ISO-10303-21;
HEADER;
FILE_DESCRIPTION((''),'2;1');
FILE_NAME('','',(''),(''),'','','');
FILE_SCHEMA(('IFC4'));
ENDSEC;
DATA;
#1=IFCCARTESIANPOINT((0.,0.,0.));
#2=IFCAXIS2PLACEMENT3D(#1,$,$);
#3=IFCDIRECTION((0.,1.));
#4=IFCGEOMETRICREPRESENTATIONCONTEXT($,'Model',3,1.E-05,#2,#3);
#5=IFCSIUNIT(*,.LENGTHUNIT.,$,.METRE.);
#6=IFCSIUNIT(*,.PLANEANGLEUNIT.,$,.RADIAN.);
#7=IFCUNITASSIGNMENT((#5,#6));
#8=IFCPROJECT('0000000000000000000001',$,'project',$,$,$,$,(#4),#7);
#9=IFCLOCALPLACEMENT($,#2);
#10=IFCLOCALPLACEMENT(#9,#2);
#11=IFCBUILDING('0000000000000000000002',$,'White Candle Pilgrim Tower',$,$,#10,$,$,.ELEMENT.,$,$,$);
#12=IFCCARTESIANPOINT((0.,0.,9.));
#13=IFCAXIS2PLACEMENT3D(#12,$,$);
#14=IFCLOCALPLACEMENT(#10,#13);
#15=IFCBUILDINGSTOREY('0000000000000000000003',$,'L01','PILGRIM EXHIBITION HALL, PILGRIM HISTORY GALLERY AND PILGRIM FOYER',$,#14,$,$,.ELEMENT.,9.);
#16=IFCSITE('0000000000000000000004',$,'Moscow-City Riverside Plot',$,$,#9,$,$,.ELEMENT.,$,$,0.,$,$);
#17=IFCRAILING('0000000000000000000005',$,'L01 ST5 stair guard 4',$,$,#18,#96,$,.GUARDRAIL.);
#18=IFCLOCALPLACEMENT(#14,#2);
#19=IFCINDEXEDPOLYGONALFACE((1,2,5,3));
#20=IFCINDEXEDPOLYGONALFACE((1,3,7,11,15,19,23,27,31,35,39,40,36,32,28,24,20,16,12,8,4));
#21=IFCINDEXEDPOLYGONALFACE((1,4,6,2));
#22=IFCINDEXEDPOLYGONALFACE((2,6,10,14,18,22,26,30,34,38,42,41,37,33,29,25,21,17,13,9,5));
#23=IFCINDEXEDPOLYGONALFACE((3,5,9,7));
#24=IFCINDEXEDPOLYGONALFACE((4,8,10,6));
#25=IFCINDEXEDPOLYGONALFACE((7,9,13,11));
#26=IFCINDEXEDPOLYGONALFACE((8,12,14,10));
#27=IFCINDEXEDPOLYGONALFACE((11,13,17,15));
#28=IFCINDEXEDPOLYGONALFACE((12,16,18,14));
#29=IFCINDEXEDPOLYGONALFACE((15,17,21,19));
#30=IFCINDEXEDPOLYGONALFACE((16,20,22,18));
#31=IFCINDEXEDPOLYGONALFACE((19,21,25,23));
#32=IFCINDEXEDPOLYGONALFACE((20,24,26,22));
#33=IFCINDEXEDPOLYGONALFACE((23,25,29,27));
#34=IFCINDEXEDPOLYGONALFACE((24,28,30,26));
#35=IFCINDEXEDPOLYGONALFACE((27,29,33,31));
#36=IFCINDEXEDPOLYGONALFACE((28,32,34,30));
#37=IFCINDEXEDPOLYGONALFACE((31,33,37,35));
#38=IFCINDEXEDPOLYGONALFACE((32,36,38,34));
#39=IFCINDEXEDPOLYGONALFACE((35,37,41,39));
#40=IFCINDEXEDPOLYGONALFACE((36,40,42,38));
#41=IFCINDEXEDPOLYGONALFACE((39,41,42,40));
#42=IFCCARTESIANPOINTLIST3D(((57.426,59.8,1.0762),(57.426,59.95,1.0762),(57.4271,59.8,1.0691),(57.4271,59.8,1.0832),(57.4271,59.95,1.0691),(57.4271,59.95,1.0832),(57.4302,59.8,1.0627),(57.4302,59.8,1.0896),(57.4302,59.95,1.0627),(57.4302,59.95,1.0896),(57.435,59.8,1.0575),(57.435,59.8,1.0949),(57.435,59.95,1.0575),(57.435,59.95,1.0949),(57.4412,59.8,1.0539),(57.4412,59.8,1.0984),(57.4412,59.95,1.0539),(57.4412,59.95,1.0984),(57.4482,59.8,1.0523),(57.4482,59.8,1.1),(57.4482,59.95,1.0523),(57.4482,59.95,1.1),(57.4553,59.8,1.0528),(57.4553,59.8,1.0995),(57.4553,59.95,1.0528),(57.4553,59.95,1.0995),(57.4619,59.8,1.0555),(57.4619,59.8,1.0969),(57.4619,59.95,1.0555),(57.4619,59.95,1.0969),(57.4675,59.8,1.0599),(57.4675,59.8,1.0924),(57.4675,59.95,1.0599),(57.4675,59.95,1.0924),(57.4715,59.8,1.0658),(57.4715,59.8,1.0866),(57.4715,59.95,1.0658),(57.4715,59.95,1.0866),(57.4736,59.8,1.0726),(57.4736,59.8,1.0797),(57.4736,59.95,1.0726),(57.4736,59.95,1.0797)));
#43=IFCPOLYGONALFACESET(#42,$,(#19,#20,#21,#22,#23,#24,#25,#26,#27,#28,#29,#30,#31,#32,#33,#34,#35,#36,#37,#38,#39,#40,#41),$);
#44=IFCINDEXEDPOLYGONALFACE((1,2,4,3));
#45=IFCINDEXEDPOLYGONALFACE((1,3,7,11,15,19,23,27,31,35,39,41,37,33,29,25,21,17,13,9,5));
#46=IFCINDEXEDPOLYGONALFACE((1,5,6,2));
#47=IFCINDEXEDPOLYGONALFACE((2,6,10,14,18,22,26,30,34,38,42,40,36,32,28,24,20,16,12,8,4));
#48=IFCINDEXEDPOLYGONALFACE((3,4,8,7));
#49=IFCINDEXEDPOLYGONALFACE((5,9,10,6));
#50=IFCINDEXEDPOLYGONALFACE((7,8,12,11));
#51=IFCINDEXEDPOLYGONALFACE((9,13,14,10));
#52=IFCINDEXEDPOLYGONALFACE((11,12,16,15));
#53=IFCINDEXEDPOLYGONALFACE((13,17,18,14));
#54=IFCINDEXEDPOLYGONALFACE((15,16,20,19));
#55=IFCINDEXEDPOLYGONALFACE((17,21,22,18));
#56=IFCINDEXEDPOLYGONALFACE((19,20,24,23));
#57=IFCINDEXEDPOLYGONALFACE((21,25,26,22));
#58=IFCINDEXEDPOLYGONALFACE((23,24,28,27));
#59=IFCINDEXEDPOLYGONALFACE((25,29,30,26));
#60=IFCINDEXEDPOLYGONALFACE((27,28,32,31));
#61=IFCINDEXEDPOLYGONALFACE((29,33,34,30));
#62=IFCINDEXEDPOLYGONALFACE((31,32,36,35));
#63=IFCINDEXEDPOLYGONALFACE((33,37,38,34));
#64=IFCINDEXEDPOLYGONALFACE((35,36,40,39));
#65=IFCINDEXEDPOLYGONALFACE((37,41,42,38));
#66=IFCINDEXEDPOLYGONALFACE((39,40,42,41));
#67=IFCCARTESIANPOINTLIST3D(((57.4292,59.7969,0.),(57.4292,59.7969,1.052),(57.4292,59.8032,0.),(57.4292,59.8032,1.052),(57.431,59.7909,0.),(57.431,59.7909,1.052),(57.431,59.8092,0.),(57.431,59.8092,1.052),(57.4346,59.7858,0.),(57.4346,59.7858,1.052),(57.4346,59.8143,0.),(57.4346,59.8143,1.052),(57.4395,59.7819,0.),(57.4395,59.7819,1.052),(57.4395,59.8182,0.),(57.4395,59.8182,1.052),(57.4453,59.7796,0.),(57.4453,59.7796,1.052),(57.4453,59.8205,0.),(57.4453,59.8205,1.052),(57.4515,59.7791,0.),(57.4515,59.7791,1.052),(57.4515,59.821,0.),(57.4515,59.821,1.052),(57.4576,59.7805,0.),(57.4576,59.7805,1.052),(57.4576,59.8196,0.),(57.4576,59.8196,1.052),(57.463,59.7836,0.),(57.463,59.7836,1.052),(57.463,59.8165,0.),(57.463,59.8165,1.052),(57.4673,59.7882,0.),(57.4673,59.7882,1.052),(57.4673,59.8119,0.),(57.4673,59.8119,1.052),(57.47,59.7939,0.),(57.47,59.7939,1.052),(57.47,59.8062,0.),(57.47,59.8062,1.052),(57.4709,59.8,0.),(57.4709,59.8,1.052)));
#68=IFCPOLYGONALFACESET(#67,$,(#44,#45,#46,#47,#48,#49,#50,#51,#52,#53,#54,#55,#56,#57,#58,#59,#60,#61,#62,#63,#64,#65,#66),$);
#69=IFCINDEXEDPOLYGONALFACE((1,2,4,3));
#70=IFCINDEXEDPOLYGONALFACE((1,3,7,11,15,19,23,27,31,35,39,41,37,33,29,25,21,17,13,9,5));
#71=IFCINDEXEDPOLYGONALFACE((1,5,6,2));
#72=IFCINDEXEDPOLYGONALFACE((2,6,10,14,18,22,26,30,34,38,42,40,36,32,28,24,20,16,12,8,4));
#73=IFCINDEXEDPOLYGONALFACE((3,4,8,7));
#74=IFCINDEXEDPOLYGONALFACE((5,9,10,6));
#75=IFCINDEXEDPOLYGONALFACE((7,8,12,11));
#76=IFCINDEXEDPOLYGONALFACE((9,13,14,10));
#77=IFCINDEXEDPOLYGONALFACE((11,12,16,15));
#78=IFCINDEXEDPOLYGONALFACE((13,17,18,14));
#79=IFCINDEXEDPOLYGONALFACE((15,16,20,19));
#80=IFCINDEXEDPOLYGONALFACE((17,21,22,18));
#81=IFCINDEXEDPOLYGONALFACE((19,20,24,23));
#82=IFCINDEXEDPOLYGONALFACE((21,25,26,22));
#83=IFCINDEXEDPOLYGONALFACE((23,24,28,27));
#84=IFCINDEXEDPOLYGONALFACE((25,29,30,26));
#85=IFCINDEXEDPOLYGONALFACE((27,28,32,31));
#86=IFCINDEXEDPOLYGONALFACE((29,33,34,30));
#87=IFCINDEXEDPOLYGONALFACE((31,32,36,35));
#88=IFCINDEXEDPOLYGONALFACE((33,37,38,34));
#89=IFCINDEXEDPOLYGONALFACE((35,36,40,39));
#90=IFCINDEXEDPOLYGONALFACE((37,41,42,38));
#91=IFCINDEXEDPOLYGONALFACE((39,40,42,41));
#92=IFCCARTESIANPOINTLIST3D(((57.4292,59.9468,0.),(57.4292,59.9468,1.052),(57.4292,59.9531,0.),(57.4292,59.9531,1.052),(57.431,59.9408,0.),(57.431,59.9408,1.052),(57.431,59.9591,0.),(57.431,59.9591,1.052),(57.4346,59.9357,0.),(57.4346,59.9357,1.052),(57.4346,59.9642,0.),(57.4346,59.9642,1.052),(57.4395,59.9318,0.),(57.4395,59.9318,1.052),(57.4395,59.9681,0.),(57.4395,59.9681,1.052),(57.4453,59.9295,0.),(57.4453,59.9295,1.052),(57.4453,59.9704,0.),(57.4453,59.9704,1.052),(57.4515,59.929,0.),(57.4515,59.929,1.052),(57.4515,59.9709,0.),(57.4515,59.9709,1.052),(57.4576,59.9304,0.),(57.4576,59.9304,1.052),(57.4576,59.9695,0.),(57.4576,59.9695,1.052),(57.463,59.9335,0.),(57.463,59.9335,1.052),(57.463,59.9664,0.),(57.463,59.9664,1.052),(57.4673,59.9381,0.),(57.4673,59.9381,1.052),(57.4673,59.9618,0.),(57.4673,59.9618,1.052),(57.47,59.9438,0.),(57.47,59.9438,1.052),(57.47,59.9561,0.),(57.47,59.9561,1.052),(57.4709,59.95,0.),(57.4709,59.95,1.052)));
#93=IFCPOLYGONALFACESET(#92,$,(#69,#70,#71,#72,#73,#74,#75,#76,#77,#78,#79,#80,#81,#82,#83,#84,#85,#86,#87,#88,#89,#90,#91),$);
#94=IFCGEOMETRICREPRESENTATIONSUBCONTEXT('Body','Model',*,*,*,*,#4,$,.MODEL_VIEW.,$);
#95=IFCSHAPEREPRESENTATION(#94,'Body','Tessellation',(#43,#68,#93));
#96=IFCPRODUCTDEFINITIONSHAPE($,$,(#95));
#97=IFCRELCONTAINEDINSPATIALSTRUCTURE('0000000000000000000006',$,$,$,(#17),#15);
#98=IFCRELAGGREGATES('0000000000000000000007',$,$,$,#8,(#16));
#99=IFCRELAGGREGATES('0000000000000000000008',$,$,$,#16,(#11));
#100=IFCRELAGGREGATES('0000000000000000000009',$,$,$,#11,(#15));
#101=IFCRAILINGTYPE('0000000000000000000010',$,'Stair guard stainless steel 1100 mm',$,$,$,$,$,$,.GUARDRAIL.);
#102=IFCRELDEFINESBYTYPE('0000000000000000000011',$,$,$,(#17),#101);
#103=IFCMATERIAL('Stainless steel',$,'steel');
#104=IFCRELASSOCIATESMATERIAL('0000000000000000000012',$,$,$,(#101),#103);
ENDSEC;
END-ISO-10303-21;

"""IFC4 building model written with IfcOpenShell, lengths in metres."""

from ifc_helpers import new_model, si_unit, direction, frame, origin, origin_2d, place, context, subcontext, project, spatial, circle, extrude, material, type_object, element, save


model = new_model("IFC4")

# Units and contexts
model_context = context("Model", 3, precision=1e-05, world=origin(), true_north=direction((0.0, 1.0)))
body_context = subcontext(model_context, "Body", "Model", "MODEL_VIEW")
ifc_project = project(units=[si_unit("LENGTHUNIT", "METRE"), si_unit("PLANEANGLEUNIT", "RADIAN")], contexts=[model_context])

# Site, building, storey
site_placement = place(None, origin())
site = spatial("IfcSite", under=ifc_project, at=site_placement, Name="Moscow-City Riverside Plot", CompositionType="ELEMENT", RefElevation=0.0)
building_placement = place(site_placement, origin())
building = spatial("IfcBuilding", under=site, at=building_placement, Name="White Candle Pilgrim Tower", CompositionType="ELEMENT")
storey_placement = place(building_placement, frame((0.0, 0.0, 9.0)))
storey = spatial("IfcBuildingStorey", under=building, at=storey_placement, Name="L01", Description="PILGRIM EXHIBITION HALL, PILGRIM HISTORY GALLERY AND PILGRIM FOYER", CompositionType="ELEMENT", Elevation=9.0)

# Railing
ifc_material_1 = material(Name="Stainless steel", Category="steel")
railing_type_1 = type_object("IfcRailingType", Name="Stair guard stainless steel 1100 mm", PredefinedType="GUARDRAIL", material=ifc_material_1)
railing_1_placement = place(storey_placement, frame((57.45, 59.8, 0.0)))
element("IfcRailing", 1, at=railing_1_placement, inside=storey, type_object=railing_type_1, Name="L01 ST5 stair guard 4", PredefinedType="GUARDRAIL", context=body_context, shape_type="SweptSolid", body=[
    extrude(circle(Radius=0.0239, at=origin_2d()), frame((0.0, 0.0, 1.0762), z_axis=(0.0, 1.0, 0.0), x_axis=(-1.0, 0.0, 0.0)), (0.0, 0.0, 1.0), 0.1499),
    extrude(circle(Radius=0.021, at=origin_2d()), origin(), (0.0, 0.0, 1.0), 1.052),
    extrude(circle(Radius=0.021, at=origin_2d()), frame((0.0, 0.1499, 0.0)), (0.0, 0.0, 1.0), 1.052),
])

save(model, "model.ifc")
